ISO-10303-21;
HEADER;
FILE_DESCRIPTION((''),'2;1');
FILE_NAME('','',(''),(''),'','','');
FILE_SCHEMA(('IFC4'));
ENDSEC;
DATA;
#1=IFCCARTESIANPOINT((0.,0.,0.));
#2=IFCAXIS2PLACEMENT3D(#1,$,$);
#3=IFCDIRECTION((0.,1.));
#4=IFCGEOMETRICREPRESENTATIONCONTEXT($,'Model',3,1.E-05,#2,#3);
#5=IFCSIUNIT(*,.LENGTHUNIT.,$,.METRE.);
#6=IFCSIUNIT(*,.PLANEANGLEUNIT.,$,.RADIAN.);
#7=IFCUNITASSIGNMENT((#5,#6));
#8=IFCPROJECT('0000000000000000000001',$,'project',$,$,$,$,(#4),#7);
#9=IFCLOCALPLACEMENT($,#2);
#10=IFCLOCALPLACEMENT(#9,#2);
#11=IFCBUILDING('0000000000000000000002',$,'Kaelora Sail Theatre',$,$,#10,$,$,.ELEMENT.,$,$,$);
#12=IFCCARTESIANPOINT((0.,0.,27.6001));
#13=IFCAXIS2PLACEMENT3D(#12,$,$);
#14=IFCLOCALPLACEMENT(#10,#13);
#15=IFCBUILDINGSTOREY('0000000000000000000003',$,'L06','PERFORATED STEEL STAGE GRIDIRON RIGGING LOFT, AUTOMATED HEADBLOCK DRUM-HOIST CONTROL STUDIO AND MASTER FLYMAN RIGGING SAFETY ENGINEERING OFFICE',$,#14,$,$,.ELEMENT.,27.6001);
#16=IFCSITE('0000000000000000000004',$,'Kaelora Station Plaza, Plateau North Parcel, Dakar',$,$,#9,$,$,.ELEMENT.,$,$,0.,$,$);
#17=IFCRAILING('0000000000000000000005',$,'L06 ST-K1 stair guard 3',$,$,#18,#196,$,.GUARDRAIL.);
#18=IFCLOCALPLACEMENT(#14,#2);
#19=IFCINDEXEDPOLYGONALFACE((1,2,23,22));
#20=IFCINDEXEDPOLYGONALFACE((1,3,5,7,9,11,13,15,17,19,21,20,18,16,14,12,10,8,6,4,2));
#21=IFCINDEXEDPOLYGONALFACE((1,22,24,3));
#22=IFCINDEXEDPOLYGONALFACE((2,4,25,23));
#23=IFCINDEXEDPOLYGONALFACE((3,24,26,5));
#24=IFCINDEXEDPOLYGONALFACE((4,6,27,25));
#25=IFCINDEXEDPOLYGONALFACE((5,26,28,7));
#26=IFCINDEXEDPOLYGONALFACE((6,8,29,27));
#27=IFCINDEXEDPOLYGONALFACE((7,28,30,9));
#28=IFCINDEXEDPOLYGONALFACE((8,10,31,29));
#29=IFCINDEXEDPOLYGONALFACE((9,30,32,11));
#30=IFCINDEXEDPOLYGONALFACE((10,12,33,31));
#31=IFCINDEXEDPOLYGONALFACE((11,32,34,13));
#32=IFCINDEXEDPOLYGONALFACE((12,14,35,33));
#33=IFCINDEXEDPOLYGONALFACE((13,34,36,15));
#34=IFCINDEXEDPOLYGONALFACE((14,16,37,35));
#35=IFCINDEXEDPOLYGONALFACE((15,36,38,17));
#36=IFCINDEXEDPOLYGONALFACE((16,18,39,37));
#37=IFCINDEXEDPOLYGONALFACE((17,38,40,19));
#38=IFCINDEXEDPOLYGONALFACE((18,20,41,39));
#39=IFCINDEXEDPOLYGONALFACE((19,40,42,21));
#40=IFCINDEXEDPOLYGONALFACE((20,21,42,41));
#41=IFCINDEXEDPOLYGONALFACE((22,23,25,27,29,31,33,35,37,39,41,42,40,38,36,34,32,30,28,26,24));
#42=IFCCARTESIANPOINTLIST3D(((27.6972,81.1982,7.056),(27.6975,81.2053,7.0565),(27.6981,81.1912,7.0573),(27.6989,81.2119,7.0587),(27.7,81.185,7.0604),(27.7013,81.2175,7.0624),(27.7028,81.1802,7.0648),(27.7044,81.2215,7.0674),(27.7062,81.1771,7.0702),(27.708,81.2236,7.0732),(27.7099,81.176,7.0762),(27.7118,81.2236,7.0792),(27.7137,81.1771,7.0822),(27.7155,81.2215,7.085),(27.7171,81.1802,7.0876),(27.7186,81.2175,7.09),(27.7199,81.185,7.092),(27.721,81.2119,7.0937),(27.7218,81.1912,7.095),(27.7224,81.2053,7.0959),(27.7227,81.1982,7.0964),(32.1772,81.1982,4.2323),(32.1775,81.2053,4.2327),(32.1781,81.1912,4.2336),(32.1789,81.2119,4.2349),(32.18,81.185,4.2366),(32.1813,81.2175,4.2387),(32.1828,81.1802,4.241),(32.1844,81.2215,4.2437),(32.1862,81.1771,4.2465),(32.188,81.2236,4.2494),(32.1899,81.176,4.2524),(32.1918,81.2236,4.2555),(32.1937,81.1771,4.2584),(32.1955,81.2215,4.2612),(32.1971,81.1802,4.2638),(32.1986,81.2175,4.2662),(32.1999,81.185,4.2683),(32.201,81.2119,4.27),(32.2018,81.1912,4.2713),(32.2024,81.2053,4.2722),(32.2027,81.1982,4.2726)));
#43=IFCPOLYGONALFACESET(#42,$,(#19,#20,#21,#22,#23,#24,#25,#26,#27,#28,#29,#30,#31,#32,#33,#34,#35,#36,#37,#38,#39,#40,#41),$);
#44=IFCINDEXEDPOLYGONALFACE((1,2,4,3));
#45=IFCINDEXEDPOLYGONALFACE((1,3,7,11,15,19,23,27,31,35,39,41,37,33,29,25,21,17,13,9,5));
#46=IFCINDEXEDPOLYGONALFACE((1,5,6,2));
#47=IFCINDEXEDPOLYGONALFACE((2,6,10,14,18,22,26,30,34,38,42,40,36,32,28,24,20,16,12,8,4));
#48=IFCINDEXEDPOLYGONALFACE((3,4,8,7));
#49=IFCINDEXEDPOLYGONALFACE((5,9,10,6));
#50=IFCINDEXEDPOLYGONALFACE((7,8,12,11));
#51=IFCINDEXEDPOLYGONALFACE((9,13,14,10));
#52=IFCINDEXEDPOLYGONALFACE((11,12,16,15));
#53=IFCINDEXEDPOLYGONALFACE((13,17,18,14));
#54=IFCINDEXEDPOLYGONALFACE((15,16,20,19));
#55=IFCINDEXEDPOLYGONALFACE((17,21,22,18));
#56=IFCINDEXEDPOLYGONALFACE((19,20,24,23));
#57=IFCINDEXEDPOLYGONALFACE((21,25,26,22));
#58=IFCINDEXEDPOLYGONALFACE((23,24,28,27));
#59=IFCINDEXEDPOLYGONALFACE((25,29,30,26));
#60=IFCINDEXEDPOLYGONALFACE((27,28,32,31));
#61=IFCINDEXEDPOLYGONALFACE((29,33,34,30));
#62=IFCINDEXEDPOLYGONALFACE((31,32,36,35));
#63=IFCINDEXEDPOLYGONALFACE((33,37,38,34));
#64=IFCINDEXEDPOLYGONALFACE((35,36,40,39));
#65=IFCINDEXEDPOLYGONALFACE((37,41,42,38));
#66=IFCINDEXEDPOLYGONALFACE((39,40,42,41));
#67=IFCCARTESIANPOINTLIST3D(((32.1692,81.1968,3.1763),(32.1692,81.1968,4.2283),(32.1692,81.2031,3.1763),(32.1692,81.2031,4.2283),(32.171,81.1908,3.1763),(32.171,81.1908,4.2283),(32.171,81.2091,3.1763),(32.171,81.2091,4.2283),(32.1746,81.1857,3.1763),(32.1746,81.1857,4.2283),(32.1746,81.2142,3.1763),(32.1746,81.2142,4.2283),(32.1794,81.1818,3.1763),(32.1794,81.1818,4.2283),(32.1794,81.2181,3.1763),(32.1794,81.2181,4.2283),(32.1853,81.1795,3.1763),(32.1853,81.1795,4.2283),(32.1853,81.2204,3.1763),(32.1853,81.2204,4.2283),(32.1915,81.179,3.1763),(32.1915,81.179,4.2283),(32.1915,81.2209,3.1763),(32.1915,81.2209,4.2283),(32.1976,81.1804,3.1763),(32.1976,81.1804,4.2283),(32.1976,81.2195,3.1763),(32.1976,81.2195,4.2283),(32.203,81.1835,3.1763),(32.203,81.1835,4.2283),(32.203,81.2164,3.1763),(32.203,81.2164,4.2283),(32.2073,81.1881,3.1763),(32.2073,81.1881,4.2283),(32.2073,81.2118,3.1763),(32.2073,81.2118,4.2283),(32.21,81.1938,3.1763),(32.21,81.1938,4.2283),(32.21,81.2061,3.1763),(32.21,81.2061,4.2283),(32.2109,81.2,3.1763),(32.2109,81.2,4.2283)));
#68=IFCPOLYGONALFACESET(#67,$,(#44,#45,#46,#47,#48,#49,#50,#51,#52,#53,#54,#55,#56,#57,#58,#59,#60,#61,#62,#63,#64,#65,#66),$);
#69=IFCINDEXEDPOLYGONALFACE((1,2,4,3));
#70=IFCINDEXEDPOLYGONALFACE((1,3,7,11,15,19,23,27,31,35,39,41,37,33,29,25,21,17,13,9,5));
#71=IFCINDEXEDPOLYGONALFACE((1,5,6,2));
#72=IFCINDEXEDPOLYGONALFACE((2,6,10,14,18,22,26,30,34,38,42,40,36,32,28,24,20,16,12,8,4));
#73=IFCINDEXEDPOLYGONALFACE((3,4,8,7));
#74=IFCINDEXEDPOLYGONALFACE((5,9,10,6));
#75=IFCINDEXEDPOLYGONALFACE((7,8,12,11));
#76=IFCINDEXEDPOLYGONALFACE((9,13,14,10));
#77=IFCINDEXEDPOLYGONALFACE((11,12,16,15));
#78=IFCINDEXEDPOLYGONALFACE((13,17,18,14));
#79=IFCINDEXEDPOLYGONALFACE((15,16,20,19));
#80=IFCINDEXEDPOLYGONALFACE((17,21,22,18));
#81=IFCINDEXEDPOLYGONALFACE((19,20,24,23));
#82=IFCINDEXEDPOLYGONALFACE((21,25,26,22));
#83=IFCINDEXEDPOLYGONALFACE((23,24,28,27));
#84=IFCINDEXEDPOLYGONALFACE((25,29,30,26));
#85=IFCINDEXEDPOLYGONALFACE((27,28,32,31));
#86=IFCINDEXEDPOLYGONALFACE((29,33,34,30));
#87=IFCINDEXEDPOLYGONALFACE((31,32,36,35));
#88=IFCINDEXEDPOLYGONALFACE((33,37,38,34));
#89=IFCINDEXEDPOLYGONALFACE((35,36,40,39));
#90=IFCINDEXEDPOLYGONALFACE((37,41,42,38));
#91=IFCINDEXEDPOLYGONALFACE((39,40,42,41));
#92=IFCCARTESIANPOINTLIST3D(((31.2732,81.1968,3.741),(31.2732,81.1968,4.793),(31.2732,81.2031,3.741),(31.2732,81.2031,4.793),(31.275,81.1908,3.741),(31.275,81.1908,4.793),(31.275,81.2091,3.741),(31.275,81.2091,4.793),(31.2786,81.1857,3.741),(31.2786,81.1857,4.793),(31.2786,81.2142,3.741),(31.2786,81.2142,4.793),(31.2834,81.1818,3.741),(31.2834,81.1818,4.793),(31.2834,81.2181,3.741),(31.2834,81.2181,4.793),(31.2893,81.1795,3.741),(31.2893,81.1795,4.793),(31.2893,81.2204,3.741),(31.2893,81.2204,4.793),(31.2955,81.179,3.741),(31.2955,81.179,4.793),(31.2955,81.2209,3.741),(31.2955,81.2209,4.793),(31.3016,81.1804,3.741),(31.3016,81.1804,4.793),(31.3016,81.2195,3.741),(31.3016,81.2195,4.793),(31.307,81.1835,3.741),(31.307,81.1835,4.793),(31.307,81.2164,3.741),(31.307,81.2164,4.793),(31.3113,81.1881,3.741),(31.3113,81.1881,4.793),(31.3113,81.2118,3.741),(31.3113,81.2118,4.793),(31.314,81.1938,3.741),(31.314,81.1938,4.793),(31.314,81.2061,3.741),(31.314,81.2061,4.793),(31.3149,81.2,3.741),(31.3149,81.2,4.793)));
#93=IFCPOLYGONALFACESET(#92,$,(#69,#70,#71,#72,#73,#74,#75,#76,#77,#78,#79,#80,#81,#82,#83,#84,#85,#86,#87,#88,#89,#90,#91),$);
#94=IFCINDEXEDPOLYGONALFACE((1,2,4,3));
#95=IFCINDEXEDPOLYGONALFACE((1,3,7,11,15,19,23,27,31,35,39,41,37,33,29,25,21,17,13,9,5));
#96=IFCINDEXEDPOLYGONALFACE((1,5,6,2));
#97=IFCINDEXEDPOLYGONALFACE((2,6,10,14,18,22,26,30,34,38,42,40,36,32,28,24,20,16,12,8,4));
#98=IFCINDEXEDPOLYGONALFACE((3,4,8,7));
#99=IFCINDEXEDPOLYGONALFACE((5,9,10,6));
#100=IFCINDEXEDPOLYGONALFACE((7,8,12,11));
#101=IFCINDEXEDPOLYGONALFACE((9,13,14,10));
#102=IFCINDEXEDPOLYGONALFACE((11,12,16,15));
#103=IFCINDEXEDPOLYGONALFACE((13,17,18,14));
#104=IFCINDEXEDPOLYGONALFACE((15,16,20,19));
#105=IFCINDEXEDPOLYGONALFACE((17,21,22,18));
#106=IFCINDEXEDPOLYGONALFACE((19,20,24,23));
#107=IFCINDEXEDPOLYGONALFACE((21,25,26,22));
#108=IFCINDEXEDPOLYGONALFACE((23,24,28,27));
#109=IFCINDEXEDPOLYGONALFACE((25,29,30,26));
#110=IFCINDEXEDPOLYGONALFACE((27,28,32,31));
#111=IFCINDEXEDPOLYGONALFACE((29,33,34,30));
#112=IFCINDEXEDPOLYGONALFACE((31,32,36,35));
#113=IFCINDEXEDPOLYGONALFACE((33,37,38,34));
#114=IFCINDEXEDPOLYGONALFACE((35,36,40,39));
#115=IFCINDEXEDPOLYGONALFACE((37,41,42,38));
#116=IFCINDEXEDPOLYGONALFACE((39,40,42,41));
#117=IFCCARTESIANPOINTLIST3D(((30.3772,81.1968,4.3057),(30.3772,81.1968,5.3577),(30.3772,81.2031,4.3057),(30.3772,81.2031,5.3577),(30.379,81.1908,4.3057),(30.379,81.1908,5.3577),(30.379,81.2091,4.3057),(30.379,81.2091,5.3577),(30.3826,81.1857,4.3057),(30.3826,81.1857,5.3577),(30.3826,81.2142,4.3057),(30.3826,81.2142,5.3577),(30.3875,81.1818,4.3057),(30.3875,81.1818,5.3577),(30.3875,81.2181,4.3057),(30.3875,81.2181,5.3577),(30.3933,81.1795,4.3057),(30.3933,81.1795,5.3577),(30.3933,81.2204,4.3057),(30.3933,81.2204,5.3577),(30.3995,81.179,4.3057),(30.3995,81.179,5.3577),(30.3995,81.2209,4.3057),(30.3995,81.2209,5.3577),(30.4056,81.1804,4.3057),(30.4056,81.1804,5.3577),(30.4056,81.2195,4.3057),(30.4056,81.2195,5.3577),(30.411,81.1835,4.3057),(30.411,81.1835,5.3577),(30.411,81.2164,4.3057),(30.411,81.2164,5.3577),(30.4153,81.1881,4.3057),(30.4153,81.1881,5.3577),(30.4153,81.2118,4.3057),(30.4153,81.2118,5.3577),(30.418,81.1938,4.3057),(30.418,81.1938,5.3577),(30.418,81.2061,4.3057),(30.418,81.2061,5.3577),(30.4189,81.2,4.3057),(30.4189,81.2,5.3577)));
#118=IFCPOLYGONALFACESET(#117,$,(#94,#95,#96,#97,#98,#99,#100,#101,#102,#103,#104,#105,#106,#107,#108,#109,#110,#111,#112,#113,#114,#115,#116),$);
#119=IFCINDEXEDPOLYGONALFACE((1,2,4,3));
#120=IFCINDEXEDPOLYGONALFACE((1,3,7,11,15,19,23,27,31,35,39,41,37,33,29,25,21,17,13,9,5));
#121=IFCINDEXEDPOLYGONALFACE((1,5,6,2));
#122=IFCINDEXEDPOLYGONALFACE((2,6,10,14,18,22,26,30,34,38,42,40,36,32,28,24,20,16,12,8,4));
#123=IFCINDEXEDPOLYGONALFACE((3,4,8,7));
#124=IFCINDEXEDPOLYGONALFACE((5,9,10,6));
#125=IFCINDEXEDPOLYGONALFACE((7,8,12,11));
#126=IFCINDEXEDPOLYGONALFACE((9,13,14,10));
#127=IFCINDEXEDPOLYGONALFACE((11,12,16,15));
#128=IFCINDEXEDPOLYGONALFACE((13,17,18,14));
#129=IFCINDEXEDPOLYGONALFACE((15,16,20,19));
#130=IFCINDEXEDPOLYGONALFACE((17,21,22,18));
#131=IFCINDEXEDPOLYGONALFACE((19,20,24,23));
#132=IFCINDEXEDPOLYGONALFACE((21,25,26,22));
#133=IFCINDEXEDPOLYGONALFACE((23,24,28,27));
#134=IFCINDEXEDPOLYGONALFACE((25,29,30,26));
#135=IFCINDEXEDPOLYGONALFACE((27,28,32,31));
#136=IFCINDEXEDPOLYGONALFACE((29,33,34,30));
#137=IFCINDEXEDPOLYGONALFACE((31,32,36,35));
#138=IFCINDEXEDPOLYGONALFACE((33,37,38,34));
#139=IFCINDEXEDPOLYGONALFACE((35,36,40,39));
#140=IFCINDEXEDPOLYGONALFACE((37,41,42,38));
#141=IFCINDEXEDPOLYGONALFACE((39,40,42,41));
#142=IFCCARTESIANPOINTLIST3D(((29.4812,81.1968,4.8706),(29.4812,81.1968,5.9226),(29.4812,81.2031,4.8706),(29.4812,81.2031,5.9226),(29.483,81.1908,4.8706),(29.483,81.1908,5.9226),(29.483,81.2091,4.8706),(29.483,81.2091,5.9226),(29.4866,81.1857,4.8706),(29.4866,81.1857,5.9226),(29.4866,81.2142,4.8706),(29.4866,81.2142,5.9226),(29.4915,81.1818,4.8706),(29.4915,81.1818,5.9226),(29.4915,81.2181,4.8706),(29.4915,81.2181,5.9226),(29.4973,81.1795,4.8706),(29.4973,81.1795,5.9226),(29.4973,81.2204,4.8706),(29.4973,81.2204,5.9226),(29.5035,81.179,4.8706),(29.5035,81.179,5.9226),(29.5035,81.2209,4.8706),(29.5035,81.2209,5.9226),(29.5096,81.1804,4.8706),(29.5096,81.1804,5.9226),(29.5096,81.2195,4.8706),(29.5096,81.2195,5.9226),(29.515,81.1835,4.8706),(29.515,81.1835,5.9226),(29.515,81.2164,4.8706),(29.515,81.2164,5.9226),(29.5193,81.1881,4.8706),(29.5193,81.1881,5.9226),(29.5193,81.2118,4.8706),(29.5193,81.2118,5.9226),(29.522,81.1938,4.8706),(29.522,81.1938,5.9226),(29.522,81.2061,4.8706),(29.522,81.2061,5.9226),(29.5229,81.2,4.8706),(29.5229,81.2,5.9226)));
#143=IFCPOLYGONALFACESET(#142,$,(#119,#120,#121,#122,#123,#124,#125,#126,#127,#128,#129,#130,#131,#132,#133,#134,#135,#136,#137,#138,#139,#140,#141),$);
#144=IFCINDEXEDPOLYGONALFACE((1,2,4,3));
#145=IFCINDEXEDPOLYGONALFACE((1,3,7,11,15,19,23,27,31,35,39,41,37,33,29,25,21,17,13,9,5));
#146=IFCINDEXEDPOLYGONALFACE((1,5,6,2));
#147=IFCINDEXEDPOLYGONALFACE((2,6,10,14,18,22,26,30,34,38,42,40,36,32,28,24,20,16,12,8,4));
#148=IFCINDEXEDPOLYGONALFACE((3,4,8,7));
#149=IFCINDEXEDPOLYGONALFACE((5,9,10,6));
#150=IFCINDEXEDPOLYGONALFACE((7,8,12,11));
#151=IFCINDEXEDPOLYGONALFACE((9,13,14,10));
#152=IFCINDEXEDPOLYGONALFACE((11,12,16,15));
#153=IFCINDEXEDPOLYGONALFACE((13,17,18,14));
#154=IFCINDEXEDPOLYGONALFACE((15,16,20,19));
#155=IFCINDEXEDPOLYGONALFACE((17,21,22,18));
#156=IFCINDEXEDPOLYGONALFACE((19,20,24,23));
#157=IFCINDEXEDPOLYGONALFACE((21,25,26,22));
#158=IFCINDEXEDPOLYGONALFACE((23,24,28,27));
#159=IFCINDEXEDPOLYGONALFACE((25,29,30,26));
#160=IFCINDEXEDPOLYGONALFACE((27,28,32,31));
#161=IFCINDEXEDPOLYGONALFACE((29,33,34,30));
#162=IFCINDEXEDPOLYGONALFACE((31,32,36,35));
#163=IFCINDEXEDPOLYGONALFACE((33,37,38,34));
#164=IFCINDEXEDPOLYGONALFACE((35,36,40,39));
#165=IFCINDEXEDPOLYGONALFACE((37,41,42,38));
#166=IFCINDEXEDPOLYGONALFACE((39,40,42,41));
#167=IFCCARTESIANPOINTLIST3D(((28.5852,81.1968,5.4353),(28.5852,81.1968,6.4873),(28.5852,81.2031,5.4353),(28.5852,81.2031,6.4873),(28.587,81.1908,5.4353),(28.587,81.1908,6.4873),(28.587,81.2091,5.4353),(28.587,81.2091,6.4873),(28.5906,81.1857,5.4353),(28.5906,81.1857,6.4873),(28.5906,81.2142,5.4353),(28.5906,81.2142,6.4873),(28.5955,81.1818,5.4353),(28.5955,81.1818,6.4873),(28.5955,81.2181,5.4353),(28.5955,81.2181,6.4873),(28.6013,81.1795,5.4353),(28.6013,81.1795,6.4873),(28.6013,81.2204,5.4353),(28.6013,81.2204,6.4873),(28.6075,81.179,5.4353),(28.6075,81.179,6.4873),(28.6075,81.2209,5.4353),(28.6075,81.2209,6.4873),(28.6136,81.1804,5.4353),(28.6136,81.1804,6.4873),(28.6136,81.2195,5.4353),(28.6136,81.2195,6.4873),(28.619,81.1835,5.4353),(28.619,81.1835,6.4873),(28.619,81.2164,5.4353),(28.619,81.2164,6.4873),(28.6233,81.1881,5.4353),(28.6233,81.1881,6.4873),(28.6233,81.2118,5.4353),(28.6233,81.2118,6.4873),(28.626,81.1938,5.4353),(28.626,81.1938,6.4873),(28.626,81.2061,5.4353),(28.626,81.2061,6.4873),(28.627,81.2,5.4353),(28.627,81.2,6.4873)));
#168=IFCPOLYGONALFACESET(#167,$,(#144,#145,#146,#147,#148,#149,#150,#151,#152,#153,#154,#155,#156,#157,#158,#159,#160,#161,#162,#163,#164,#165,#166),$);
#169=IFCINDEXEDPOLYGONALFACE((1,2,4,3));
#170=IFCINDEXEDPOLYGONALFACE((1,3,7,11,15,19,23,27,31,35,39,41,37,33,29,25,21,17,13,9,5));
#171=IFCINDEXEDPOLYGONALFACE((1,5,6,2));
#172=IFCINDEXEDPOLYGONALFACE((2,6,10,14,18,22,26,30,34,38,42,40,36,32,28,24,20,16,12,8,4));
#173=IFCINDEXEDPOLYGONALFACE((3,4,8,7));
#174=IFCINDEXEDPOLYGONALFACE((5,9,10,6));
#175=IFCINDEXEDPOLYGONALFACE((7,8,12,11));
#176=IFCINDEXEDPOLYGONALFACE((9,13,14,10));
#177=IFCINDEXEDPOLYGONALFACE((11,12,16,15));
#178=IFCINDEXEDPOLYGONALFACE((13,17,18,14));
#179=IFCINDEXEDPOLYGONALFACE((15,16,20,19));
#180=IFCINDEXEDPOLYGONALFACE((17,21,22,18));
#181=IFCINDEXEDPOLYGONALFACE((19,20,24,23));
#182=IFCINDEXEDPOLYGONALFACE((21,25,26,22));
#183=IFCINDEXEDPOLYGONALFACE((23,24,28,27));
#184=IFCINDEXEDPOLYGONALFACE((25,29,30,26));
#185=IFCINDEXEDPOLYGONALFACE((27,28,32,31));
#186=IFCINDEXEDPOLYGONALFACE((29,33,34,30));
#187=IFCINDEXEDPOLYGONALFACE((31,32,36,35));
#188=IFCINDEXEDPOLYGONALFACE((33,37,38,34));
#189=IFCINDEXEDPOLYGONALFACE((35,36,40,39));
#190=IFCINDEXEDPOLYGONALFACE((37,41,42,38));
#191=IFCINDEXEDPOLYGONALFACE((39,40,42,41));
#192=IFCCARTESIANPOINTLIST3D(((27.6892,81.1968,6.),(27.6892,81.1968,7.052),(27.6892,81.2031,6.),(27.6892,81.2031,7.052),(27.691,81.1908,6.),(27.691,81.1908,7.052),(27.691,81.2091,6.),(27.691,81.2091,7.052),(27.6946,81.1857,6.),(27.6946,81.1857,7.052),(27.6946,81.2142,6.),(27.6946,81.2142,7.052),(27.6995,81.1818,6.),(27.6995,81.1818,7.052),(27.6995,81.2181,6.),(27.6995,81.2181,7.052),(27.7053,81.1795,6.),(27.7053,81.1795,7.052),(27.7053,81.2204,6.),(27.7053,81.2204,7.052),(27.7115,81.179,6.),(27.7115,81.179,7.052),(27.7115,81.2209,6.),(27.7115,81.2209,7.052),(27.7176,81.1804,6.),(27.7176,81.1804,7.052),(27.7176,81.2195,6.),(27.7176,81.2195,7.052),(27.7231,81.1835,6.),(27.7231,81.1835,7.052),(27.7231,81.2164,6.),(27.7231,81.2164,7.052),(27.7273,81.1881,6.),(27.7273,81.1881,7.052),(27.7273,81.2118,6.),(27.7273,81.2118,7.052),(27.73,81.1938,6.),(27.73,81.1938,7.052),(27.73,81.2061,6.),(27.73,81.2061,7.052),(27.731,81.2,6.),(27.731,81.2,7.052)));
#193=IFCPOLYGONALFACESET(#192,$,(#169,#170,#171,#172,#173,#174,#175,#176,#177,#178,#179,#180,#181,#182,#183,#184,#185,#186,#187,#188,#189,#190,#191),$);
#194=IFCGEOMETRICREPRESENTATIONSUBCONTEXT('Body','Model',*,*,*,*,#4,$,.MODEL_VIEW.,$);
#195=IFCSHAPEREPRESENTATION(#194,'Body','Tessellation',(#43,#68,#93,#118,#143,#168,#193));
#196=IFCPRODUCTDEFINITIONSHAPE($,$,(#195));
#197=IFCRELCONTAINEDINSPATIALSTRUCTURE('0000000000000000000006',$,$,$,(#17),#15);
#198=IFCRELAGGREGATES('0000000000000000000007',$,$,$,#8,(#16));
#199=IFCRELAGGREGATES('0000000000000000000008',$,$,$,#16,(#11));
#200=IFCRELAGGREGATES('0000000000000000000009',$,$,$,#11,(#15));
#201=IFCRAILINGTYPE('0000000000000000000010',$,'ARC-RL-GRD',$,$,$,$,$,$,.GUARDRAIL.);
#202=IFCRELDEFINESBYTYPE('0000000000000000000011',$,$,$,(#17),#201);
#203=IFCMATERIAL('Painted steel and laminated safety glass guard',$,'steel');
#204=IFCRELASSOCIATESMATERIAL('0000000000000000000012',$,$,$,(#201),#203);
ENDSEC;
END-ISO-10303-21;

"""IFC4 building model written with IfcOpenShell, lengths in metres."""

from ifc_helpers import new_model, si_unit, direction, frame, origin, origin_2d, place, context, subcontext, project, spatial, circle, extrude, material, type_object, element, save


model = new_model("IFC4")

# Units and contexts
model_context = context("Model", 3, precision=1e-05, world=origin(), true_north=direction((0.0, 1.0)))
body_context = subcontext(model_context, "Body", "Model", "MODEL_VIEW")
ifc_project = project(units=[si_unit("LENGTHUNIT", "METRE"), si_unit("PLANEANGLEUNIT", "RADIAN")], contexts=[model_context])

# Site, building, storey
site_placement = place(None, origin())
site = spatial("IfcSite", under=ifc_project, at=site_placement, Name="Kaelora Station Plaza, Plateau North Parcel, Dakar", CompositionType="ELEMENT", RefElevation=0.0)
building_placement = place(site_placement, origin())
building = spatial("IfcBuilding", under=site, at=building_placement, Name="Kaelora Sail Theatre", CompositionType="ELEMENT")
storey_placement = place(building_placement, frame((0.0, 0.0, 27.6001)))
storey = spatial("IfcBuildingStorey", under=building, at=storey_placement, Name="L06", Description="PERFORATED STEEL STAGE GRIDIRON RIGGING LOFT, AUTOMATED HEADBLOCK DRUM-HOIST CONTROL STUDIO AND MASTER FLYMAN RIGGING SAFETY ENGINEERING OFFICE", CompositionType="ELEMENT", Elevation=27.6001)

# Railing
ifc_material_1 = material(Name="Painted steel and laminated safety glass guard", Category="steel")
railing_type_1 = type_object("IfcRailingType", Name="ARC-RL-GRD", PredefinedType="GUARDRAIL", material=ifc_material_1)
railing_1_placement = place(storey_placement, frame((32.1899, 81.2, 3.1763)))
element("IfcRailing", 1, at=railing_1_placement, inside=storey, type_object=railing_type_1, Name="L06 ST-K1 stair guard 3", PredefinedType="GUARDRAIL", context=body_context, shape_type="SweptSolid", body=[
    extrude(circle(Radius=0.0239, at=origin_2d()), frame((0.0, 0.0, 1.0762), z_axis=(-0.845977, 0.0, 0.533219), x_axis=(0.0, -1.0, 0.0)), (0.0, 0.0, 1.0), 5.2957),
    extrude(circle(Radius=0.021, at=origin_2d()), origin(), (0.0, 0.0, 1.0), 1.052),
    extrude(circle(Radius=0.021, at=origin_2d()), frame((-0.896, 0.0, 0.5647)), (0.0, 0.0, 1.0), 1.052),
    extrude(circle(Radius=0.021, at=origin_2d()), frame((-1.792, 0.0, 1.1294)), (0.0, 0.0, 1.0), 1.052),
    extrude(circle(Radius=0.021, at=origin_2d()), frame((-2.688, 0.0, 1.6943)), (0.0, 0.0, 1.0), 1.052),
    extrude(circle(Radius=0.021, at=origin_2d()), frame((-3.584, 0.0, 2.259)), (0.0, 0.0, 1.0), 1.052),
    extrude(circle(Radius=0.021, at=origin_2d()), frame((-4.48, 0.0, 2.8237)), (0.0, 0.0, 1.0), 1.052),
])

save(model, "model.ifc")
